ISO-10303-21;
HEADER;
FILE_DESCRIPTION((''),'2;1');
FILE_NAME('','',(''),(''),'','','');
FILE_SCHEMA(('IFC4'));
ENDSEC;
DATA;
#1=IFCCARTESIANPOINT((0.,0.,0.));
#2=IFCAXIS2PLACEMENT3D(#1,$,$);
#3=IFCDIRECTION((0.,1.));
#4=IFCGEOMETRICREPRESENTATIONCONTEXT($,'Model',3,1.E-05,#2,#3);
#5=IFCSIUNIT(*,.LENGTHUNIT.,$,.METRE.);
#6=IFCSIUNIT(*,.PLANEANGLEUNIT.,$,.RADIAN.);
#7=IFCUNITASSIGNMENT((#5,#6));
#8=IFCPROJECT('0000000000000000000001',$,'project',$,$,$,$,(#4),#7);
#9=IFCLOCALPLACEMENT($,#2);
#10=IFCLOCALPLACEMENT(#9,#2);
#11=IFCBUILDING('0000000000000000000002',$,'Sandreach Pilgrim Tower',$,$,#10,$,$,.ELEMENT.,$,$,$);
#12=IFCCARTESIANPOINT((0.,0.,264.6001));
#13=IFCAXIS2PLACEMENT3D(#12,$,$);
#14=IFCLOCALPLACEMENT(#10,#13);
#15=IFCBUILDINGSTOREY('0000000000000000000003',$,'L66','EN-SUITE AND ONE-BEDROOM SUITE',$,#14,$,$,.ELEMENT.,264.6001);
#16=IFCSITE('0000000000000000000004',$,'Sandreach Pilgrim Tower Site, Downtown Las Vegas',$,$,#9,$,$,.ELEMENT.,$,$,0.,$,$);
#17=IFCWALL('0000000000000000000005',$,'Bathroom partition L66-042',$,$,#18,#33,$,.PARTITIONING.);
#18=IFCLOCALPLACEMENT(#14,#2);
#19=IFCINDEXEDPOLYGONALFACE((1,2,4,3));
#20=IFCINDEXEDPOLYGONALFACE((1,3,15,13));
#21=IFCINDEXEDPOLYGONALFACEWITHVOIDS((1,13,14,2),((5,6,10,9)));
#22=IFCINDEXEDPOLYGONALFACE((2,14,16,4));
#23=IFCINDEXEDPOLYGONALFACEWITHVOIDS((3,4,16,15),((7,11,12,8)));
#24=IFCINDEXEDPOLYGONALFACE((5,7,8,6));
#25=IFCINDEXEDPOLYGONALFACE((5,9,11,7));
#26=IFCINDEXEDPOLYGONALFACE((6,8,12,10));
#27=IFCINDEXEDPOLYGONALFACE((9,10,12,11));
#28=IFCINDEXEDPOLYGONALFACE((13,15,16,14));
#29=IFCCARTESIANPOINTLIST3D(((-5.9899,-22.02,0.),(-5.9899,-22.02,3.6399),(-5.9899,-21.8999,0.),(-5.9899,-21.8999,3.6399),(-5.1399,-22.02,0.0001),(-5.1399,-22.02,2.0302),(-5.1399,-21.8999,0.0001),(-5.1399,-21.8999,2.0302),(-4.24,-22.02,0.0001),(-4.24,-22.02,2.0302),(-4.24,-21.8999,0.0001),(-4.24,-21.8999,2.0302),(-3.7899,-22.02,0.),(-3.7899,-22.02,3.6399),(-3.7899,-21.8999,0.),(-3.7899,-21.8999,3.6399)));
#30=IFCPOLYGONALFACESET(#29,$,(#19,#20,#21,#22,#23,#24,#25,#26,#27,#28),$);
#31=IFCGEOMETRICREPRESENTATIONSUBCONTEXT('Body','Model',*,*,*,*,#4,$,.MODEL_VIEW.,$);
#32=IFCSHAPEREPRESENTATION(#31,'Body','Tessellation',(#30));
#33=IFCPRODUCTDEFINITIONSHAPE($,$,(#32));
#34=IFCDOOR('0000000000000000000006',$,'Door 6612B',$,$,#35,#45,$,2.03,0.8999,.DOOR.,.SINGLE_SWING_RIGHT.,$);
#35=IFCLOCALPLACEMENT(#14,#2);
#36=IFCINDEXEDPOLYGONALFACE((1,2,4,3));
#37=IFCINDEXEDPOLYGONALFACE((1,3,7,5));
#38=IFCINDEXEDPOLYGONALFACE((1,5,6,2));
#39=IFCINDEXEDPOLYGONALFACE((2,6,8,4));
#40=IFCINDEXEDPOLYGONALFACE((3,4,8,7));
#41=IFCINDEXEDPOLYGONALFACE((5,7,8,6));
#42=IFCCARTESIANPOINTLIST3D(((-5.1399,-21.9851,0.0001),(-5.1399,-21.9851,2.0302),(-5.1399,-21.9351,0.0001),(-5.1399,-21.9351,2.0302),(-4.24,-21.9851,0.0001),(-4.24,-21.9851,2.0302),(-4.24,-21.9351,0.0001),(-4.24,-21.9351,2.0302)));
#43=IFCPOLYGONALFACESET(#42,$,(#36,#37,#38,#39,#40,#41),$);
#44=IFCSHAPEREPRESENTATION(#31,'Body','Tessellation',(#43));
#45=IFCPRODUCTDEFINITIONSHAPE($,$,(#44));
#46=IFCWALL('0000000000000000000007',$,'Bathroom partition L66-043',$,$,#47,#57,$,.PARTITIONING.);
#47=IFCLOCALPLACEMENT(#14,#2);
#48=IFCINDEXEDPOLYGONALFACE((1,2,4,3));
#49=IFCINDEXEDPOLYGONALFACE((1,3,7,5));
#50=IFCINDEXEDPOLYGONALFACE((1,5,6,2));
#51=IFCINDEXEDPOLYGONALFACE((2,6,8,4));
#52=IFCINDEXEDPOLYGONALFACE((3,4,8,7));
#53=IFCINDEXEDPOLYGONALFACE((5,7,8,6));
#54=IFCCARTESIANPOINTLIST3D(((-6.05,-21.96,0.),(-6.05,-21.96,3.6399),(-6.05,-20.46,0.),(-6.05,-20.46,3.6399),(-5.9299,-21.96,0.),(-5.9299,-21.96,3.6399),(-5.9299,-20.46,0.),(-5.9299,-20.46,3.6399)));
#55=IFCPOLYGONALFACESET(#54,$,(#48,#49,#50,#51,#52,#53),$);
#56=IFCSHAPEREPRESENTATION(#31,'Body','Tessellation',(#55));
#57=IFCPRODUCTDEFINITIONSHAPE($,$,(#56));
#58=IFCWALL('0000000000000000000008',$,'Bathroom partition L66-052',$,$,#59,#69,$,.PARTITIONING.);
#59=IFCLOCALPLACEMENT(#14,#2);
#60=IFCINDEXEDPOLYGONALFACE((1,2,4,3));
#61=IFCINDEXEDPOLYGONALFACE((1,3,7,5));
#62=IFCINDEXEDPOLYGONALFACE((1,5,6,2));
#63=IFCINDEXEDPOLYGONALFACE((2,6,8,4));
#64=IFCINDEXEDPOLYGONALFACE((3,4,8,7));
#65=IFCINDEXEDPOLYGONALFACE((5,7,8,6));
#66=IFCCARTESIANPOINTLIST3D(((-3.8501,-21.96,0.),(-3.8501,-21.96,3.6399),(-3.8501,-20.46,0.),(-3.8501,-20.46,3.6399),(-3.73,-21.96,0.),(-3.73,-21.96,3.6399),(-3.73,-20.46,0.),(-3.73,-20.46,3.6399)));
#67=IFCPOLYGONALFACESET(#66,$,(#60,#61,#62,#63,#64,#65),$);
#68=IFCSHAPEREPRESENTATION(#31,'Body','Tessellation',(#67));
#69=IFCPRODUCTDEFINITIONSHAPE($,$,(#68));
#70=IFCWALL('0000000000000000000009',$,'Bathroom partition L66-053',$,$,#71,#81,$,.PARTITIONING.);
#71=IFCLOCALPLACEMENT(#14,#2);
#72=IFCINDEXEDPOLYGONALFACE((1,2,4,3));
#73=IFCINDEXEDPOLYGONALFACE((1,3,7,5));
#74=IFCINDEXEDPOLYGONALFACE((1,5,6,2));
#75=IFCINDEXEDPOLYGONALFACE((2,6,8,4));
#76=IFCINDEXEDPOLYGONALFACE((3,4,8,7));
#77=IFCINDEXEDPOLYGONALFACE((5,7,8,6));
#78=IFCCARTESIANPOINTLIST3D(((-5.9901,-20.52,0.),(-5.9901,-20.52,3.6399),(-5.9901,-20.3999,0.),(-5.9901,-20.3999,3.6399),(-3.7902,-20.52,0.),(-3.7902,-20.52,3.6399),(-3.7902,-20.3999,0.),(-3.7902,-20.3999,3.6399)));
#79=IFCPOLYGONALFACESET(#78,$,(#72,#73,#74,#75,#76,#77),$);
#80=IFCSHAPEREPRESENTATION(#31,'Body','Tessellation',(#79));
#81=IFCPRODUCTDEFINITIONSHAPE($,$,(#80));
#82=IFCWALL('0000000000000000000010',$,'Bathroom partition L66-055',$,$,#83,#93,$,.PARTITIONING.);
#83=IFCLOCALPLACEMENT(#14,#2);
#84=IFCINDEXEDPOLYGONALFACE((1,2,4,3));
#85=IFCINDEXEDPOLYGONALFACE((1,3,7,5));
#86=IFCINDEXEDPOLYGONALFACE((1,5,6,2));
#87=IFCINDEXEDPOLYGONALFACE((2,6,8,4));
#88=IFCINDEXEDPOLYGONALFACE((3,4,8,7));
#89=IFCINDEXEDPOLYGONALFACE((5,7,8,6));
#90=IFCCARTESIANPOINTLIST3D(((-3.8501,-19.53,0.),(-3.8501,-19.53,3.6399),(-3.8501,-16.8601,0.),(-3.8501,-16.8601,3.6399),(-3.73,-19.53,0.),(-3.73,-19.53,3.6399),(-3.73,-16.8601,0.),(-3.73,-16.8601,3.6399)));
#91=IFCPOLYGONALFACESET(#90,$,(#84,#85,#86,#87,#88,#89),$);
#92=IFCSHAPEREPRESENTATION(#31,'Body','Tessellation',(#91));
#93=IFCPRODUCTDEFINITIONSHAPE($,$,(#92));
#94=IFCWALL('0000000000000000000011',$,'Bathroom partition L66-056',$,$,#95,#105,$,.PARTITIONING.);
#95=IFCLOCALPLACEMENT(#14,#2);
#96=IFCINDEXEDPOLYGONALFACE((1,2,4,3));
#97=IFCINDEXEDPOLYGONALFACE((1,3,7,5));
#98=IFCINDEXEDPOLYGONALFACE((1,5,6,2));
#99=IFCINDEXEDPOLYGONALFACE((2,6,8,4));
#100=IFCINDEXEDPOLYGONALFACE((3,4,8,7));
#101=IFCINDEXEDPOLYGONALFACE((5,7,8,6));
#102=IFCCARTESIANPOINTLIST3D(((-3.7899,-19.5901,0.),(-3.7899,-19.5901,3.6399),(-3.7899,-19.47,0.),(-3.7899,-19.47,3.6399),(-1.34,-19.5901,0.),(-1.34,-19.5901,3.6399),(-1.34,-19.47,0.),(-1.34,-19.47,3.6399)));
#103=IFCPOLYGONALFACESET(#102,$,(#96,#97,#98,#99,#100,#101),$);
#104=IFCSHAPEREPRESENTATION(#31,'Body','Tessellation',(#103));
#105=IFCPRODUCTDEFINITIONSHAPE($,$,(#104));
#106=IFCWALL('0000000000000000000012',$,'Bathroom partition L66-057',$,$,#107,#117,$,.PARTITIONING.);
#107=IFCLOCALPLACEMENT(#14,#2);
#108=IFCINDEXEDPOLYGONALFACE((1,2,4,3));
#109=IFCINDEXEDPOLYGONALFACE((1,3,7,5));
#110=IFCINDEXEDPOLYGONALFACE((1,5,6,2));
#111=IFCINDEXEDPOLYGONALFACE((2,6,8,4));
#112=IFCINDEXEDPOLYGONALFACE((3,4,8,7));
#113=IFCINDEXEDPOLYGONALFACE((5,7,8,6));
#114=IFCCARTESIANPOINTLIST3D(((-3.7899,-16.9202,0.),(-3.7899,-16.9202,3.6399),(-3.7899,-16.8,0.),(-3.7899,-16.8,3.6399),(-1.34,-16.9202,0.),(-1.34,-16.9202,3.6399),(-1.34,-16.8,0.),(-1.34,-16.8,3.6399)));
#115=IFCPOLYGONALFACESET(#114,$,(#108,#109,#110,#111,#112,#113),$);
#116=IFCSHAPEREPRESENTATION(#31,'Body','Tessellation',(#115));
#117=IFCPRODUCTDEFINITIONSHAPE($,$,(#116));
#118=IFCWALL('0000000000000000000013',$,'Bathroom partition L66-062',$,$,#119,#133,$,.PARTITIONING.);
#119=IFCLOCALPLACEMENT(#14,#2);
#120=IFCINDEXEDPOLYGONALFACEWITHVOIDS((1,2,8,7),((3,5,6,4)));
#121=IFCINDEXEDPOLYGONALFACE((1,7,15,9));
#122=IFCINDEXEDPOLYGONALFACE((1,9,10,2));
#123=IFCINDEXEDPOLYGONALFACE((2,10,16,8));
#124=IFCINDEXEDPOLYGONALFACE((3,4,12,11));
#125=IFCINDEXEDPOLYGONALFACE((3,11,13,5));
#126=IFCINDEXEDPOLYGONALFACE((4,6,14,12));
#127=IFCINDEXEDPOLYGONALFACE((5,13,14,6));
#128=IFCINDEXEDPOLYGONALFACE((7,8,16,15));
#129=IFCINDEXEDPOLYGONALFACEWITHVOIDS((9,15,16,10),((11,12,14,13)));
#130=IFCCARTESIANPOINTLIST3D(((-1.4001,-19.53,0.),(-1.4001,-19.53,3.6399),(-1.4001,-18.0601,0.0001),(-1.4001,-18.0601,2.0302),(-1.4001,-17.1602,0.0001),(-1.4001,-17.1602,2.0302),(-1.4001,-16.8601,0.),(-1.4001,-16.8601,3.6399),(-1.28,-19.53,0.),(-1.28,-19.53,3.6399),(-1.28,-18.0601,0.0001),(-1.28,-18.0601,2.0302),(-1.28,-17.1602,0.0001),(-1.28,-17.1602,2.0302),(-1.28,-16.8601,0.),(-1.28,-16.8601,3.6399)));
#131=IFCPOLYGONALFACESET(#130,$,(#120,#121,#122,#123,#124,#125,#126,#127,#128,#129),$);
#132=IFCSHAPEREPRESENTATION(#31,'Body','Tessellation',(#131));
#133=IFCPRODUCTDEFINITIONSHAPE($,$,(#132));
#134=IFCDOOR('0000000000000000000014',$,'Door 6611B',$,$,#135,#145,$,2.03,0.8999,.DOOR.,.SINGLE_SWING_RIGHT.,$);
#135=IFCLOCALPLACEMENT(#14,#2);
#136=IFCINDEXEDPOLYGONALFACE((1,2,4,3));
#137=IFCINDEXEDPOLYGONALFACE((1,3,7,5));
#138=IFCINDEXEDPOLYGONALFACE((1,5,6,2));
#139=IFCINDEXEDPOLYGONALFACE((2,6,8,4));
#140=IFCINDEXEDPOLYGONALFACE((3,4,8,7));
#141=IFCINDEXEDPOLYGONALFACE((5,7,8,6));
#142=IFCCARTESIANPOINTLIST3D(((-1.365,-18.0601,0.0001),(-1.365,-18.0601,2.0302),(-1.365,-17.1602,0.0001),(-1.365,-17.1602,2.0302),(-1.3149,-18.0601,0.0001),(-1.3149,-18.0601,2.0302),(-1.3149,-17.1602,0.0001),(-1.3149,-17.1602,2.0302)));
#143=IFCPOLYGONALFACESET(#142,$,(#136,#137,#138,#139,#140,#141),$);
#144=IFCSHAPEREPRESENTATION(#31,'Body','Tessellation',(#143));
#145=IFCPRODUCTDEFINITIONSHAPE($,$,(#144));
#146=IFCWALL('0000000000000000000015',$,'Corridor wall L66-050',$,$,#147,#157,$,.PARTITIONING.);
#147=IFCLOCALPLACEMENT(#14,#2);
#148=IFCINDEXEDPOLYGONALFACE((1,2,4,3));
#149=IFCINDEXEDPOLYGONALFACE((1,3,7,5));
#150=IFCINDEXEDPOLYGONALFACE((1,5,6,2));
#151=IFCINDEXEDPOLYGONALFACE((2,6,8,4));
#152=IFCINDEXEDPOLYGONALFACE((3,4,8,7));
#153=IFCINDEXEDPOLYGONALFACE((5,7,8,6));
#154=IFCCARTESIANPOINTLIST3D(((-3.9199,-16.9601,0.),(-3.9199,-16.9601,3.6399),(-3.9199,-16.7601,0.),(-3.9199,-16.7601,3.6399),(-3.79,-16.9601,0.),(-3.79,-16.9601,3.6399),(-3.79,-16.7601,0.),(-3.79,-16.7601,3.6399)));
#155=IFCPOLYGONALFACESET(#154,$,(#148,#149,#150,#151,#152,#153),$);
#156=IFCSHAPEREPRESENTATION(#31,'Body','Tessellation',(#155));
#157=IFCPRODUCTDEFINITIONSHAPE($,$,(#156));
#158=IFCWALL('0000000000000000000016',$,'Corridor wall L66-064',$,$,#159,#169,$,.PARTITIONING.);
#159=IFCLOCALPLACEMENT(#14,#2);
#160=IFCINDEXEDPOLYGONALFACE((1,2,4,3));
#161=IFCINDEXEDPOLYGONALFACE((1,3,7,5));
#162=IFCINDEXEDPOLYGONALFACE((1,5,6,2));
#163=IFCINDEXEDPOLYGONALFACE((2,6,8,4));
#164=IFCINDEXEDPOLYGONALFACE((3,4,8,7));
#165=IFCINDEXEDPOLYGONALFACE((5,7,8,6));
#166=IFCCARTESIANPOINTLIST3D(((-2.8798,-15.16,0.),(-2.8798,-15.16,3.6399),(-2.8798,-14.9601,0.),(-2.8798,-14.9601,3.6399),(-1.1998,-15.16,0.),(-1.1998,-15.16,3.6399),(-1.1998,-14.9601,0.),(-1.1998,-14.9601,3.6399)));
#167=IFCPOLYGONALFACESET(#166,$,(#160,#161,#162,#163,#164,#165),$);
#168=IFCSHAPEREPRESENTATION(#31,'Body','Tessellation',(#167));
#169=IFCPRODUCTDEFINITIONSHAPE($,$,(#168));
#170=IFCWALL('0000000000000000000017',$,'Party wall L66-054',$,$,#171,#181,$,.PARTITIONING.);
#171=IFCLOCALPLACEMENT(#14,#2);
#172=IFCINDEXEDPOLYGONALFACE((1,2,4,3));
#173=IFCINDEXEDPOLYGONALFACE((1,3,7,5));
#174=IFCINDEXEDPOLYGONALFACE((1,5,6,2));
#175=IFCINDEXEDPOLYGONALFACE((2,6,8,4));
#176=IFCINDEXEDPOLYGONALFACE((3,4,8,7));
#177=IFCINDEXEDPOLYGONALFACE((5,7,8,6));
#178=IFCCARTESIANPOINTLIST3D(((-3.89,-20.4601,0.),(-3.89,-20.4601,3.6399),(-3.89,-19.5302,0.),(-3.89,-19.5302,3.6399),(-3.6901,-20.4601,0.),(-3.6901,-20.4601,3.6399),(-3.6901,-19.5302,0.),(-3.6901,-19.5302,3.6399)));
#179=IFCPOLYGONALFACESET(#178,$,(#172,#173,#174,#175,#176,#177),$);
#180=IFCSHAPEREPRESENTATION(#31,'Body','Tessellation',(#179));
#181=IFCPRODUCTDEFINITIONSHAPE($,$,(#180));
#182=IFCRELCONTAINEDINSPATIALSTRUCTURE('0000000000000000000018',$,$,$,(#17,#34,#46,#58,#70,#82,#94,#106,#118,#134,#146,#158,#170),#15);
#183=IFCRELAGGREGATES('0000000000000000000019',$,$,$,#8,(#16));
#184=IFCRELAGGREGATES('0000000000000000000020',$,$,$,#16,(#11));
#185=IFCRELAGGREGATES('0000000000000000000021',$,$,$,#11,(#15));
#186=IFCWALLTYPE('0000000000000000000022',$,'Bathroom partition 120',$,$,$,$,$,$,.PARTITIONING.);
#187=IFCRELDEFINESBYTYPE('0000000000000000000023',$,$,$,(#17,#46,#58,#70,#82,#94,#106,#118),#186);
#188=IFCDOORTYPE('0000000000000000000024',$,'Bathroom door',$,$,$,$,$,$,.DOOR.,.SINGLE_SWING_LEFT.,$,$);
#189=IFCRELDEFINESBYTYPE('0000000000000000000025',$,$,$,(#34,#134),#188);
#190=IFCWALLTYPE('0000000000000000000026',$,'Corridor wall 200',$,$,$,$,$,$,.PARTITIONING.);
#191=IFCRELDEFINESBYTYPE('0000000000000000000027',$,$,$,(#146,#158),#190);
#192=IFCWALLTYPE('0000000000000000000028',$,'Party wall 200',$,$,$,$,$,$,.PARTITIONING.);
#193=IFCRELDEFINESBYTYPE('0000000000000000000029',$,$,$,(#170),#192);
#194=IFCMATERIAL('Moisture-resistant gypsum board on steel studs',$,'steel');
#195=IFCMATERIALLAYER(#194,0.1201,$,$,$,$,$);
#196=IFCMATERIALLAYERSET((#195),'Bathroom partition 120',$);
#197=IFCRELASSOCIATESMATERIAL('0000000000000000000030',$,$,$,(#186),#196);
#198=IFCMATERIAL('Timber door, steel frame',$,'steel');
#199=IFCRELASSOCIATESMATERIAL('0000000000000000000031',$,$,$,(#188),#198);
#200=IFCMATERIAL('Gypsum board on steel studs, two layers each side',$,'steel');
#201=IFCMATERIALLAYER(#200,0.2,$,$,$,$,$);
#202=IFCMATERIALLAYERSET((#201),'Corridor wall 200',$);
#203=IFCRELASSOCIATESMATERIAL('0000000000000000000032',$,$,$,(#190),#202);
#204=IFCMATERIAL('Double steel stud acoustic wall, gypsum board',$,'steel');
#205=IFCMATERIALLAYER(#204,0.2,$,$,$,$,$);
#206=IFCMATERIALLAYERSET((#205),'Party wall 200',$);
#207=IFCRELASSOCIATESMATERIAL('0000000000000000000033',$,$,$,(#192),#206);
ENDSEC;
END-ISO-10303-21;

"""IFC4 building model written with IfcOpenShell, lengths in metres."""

from ifc_helpers import new_model, si_unit, direction, frame, frame_2d, origin, place, context, subcontext, project, spatial, rectangle, extrude, material, layer, layer_set, type_object, element, fill, save


model = new_model("IFC4")

# Units and contexts
model_context = context("Model", 3, precision=1e-05, world=origin(), true_north=direction((0.0, 1.0)))
body_context = subcontext(model_context, "Body", "Model", "MODEL_VIEW")
ifc_project = project(units=[si_unit("LENGTHUNIT", "METRE"), si_unit("PLANEANGLEUNIT", "RADIAN")], contexts=[model_context])

# Site, building, storey
site_placement = place(None, origin())
site = spatial("IfcSite", under=ifc_project, at=site_placement, Name="Sandreach Pilgrim Tower Site, Downtown Las Vegas", CompositionType="ELEMENT", RefElevation=0.0)
building_placement = place(site_placement, origin())
building = spatial("IfcBuilding", under=site, at=building_placement, Name="Sandreach Pilgrim Tower", CompositionType="ELEMENT")
storey_placement = place(building_placement, frame((0.0, 0.0, 264.6001)))
storey = spatial("IfcBuildingStorey", under=building, at=storey_placement, Name="L66", Description="EN-SUITE AND ONE-BEDROOM SUITE", CompositionType="ELEMENT", Elevation=264.6001)

# Wall, opening, door
ifc_material_1 = material(Name="Moisture-resistant gypsum board on steel studs", Category="steel")
ifc_layer_1 = layer(ifc_material_1, 0.1201)
ifc_layer_set_1 = layer_set([ifc_layer_1], Name="Bathroom partition 120")
wall_type_1 = type_object("IfcWallType", Name="Bathroom partition 120", PredefinedType="PARTITIONING", material=ifc_layer_set_1)
wall_1_placement = place(storey_placement, frame((-5.99, -21.96, 0.0), z_axis=(0.0, 0.0, 1.0), x_axis=(1.0, 0.0, 0.0)))
wall_1 = element("IfcWall", 1, at=wall_1_placement, inside=storey, type_object=wall_type_1, Name="Bathroom partition L66-042", PredefinedType="PARTITIONING", context=body_context, shape_type="SweptSolid", body=[
    extrude(rectangle(XDim=2.2, YDim=0.1201, at=frame_2d((1.1001, 0.0))), origin(), (0.0, 0.0, 1.0), 3.6399),
])
opening_1_placement = place(wall_1_placement, frame((0.8501, 0.0, 0.0)))
opening_1 = element("IfcOpeningElement", 2, at=opening_1_placement, cuts=wall_1, PredefinedType="OPENING", context=body_context, shape_type="SweptSolid", body=[
    extrude(rectangle(XDim=0.8999, YDim=2.03, at=frame_2d((0.45, 1.0151))), frame((0.0, 0.0601, 0.0), z_axis=(0.0, -1.0, 0.0), x_axis=(1.0, 0.0, 0.0)), (0.0, 0.0, 1.0), 0.1201),
])
ifc_material_2 = material(Name="Timber door, steel frame", Category="steel")
door_type_1 = type_object("IfcDoorType", Name="Bathroom door", OperationType="SINGLE_SWING_LEFT", PredefinedType="DOOR", material=ifc_material_2)
door_1_placement = place(opening_1_placement, origin())
door_1 = element("IfcDoor", 3, at=door_1_placement, inside=storey, type_object=door_type_1, Name="Door 6612B", OperationType="SINGLE_SWING_RIGHT", OverallHeight=2.03, OverallWidth=0.8999, PredefinedType="DOOR", context=body_context, shape_type="SweptSolid", body=[
    extrude(rectangle(XDim=0.8999, YDim=2.03, at=frame_2d((0.45, 1.0151))), frame((0.0, 0.0249, 0.0), z_axis=(0.0, -1.0, 0.0), x_axis=(1.0, 0.0, 0.0)), (0.0, 0.0, 1.0), 0.05),
])
fill(opening_1, door_1)

# Walls
for number, where, z_axis, x_axis, name in (
    (4, (-5.99, -20.46, 0.0), (0.0, 0.0, 1.0), (0.0, -1.0, 0.0), "Bathroom partition L66-043"),
    (5, (-3.79, -21.96, 0.0), (0.0, 0.0, 1.0), (0.0, 1.0, 0.0), "Bathroom partition L66-052"),
):
    element("IfcWall", number, at=place(storey_placement, frame(where, z_axis=z_axis, x_axis=x_axis)), inside=storey, type_object=wall_type_1, Name=name, PredefinedType="PARTITIONING", context=body_context, shape_type="SweptSolid", body=[
        extrude(rectangle(XDim=1.5, YDim=0.1201, at=frame_2d((0.75, 0.0))), origin(), (0.0, 0.0, 1.0), 3.6399),
    ])
wall_2_placement = place(storey_placement, frame((-3.79, -20.46, 0.0), z_axis=(0.0, 0.0, 1.0), x_axis=(-1.0, 0.0, 0.0)))
element("IfcWall", 6, at=wall_2_placement, inside=storey, type_object=wall_type_1, Name="Bathroom partition L66-053", PredefinedType="PARTITIONING", context=body_context, shape_type="SweptSolid", body=[
    extrude(rectangle(XDim=2.2, YDim=0.1201, at=frame_2d((1.1001, 0.0))), origin(), (0.0, 0.0, 1.0), 3.6399),
])
wall_3_placement = place(storey_placement, frame((-3.79, -19.53, 0.0), z_axis=(0.0, 0.0, 1.0), x_axis=(0.0, 1.0, 0.0)))
element("IfcWall", 7, at=wall_3_placement, inside=storey, type_object=wall_type_1, Name="Bathroom partition L66-055", PredefinedType="PARTITIONING", context=body_context, shape_type="SweptSolid", body=[
    extrude(rectangle(XDim=2.6699, YDim=0.1201, at=frame_2d((1.335, 0.0))), origin(), (0.0, 0.0, 1.0), 3.6399),
])
for number, where, z_axis, x_axis, name in (
    (8, (-3.79, -19.53, 0.0), (0.0, 0.0, 1.0), (1.0, 0.0, 0.0), "Bathroom partition L66-056"),
    (9, (-3.79, -16.8601, 0.0), (0.0, 0.0, 1.0), (1.0, 0.0, 0.0), "Bathroom partition L66-057"),
):
    element("IfcWall", number, at=place(storey_placement, frame(where, z_axis=z_axis, x_axis=x_axis)), inside=storey, type_object=wall_type_1, Name=name, PredefinedType="PARTITIONING", context=body_context, shape_type="SweptSolid", body=[
        extrude(rectangle(XDim=2.45, YDim=0.1201, at=frame_2d((1.2251, 0.0))), origin(), (0.0, 0.0, 1.0), 3.6399),
    ])

# Wall, opening, door
wall_4_placement = place(storey_placement, frame((-1.3401, -19.53, 0.0), z_axis=(0.0, 0.0, 1.0), x_axis=(0.0, 1.0, 0.0)))
wall_4 = element("IfcWall", 10, at=wall_4_placement, inside=storey, type_object=wall_type_1, Name="Bathroom partition L66-062", PredefinedType="PARTITIONING", context=body_context, shape_type="SweptSolid", body=[
    extrude(rectangle(XDim=2.6699, YDim=0.1201, at=frame_2d((1.335, 0.0))), origin(), (0.0, 0.0, 1.0), 3.6399),
])
opening_2_placement = place(wall_4_placement, frame((1.47, 0.0, 0.0)))
opening_2 = element("IfcOpeningElement", 11, at=opening_2_placement, cuts=wall_4, PredefinedType="OPENING", context=body_context, shape_type="SweptSolid", body=[
    extrude(rectangle(XDim=0.8999, YDim=2.03, at=frame_2d((0.45, 1.0151))), frame((0.0, 0.0601, 0.0), z_axis=(0.0, -1.0, 0.0), x_axis=(1.0, 0.0, 0.0)), (0.0, 0.0, 1.0), 0.1201),
])
door_2_placement = place(opening_2_placement, origin())
door_2 = element("IfcDoor", 12, at=door_2_placement, inside=storey, type_object=door_type_1, Name="Door 6611B", OperationType="SINGLE_SWING_RIGHT", OverallHeight=2.03, OverallWidth=0.8999, PredefinedType="DOOR", context=body_context, shape_type="SweptSolid", body=[
    extrude(rectangle(XDim=0.8999, YDim=2.03, at=frame_2d((0.45, 1.0151))), frame((0.0, 0.0249, 0.0), z_axis=(0.0, -1.0, 0.0), x_axis=(1.0, 0.0, 0.0)), (0.0, 0.0, 1.0), 0.05),
])
fill(opening_2, door_2)
ifc_material_3 = material(Name="Gypsum board on steel studs, two layers each side", Category="steel")
ifc_layer_2 = layer(ifc_material_3, 0.2)
ifc_layer_set_2 = layer_set([ifc_layer_2], Name="Corridor wall 200")
wall_type_2 = type_object("IfcWallType", Name="Corridor wall 200", PredefinedType="PARTITIONING", material=ifc_layer_set_2)

# Wall
wall_5_placement = place(storey_placement, frame((-3.9199, -16.8601, 0.0), z_axis=(0.0, 0.0, 1.0), x_axis=(1.0, 0.0, 0.0)))
element("IfcWall", 13, at=wall_5_placement, inside=storey, type_object=wall_type_2, Name="Corridor wall L66-050", PredefinedType="PARTITIONING", context=body_context, shape_type="SweptSolid", body=[
    extrude(rectangle(XDim=0.1299, YDim=0.2, at=frame_2d((0.0649, 0.0))), origin(), (0.0, 0.0, 1.0), 3.6399),
])

# Walls
wall_6_placement = place(storey_placement, frame((-1.2, -15.0601, 0.0), z_axis=(0.0, 0.0, 1.0), x_axis=(-1.0, 0.0, 0.0)))
element("IfcWall", 14, at=wall_6_placement, inside=storey, type_object=wall_type_2, Name="Corridor wall L66-064", PredefinedType="PARTITIONING", context=body_context, shape_type="SweptSolid", body=[
    extrude(rectangle(XDim=1.6799, YDim=0.2, at=frame_2d((0.8398, 0.0))), origin(), (0.0, 0.0, 1.0), 3.6399),
])
ifc_material_4 = material(Name="Double steel stud acoustic wall, gypsum board", Category="steel")
ifc_layer_3 = layer(ifc_material_4, 0.2)
ifc_layer_set_3 = layer_set([ifc_layer_3], Name="Party wall 200")
wall_type_3 = type_object("IfcWallType", Name="Party wall 200", PredefinedType="PARTITIONING", material=ifc_layer_set_3)
wall_7_placement = place(storey_placement, frame((-3.79, -20.46, 0.0), z_axis=(0.0, 0.0, 1.0), x_axis=(0.0, 1.0, 0.0)))
element("IfcWall", 15, at=wall_7_placement, inside=storey, type_object=wall_type_3, Name="Party wall L66-054", PredefinedType="PARTITIONING", context=body_context, shape_type="SweptSolid", body=[
    extrude(rectangle(XDim=0.9299, YDim=0.2, at=frame_2d((0.4648, 0.0))), origin(), (0.0, 0.0, 1.0), 3.6399),
])

save(model, "model.ifc")
